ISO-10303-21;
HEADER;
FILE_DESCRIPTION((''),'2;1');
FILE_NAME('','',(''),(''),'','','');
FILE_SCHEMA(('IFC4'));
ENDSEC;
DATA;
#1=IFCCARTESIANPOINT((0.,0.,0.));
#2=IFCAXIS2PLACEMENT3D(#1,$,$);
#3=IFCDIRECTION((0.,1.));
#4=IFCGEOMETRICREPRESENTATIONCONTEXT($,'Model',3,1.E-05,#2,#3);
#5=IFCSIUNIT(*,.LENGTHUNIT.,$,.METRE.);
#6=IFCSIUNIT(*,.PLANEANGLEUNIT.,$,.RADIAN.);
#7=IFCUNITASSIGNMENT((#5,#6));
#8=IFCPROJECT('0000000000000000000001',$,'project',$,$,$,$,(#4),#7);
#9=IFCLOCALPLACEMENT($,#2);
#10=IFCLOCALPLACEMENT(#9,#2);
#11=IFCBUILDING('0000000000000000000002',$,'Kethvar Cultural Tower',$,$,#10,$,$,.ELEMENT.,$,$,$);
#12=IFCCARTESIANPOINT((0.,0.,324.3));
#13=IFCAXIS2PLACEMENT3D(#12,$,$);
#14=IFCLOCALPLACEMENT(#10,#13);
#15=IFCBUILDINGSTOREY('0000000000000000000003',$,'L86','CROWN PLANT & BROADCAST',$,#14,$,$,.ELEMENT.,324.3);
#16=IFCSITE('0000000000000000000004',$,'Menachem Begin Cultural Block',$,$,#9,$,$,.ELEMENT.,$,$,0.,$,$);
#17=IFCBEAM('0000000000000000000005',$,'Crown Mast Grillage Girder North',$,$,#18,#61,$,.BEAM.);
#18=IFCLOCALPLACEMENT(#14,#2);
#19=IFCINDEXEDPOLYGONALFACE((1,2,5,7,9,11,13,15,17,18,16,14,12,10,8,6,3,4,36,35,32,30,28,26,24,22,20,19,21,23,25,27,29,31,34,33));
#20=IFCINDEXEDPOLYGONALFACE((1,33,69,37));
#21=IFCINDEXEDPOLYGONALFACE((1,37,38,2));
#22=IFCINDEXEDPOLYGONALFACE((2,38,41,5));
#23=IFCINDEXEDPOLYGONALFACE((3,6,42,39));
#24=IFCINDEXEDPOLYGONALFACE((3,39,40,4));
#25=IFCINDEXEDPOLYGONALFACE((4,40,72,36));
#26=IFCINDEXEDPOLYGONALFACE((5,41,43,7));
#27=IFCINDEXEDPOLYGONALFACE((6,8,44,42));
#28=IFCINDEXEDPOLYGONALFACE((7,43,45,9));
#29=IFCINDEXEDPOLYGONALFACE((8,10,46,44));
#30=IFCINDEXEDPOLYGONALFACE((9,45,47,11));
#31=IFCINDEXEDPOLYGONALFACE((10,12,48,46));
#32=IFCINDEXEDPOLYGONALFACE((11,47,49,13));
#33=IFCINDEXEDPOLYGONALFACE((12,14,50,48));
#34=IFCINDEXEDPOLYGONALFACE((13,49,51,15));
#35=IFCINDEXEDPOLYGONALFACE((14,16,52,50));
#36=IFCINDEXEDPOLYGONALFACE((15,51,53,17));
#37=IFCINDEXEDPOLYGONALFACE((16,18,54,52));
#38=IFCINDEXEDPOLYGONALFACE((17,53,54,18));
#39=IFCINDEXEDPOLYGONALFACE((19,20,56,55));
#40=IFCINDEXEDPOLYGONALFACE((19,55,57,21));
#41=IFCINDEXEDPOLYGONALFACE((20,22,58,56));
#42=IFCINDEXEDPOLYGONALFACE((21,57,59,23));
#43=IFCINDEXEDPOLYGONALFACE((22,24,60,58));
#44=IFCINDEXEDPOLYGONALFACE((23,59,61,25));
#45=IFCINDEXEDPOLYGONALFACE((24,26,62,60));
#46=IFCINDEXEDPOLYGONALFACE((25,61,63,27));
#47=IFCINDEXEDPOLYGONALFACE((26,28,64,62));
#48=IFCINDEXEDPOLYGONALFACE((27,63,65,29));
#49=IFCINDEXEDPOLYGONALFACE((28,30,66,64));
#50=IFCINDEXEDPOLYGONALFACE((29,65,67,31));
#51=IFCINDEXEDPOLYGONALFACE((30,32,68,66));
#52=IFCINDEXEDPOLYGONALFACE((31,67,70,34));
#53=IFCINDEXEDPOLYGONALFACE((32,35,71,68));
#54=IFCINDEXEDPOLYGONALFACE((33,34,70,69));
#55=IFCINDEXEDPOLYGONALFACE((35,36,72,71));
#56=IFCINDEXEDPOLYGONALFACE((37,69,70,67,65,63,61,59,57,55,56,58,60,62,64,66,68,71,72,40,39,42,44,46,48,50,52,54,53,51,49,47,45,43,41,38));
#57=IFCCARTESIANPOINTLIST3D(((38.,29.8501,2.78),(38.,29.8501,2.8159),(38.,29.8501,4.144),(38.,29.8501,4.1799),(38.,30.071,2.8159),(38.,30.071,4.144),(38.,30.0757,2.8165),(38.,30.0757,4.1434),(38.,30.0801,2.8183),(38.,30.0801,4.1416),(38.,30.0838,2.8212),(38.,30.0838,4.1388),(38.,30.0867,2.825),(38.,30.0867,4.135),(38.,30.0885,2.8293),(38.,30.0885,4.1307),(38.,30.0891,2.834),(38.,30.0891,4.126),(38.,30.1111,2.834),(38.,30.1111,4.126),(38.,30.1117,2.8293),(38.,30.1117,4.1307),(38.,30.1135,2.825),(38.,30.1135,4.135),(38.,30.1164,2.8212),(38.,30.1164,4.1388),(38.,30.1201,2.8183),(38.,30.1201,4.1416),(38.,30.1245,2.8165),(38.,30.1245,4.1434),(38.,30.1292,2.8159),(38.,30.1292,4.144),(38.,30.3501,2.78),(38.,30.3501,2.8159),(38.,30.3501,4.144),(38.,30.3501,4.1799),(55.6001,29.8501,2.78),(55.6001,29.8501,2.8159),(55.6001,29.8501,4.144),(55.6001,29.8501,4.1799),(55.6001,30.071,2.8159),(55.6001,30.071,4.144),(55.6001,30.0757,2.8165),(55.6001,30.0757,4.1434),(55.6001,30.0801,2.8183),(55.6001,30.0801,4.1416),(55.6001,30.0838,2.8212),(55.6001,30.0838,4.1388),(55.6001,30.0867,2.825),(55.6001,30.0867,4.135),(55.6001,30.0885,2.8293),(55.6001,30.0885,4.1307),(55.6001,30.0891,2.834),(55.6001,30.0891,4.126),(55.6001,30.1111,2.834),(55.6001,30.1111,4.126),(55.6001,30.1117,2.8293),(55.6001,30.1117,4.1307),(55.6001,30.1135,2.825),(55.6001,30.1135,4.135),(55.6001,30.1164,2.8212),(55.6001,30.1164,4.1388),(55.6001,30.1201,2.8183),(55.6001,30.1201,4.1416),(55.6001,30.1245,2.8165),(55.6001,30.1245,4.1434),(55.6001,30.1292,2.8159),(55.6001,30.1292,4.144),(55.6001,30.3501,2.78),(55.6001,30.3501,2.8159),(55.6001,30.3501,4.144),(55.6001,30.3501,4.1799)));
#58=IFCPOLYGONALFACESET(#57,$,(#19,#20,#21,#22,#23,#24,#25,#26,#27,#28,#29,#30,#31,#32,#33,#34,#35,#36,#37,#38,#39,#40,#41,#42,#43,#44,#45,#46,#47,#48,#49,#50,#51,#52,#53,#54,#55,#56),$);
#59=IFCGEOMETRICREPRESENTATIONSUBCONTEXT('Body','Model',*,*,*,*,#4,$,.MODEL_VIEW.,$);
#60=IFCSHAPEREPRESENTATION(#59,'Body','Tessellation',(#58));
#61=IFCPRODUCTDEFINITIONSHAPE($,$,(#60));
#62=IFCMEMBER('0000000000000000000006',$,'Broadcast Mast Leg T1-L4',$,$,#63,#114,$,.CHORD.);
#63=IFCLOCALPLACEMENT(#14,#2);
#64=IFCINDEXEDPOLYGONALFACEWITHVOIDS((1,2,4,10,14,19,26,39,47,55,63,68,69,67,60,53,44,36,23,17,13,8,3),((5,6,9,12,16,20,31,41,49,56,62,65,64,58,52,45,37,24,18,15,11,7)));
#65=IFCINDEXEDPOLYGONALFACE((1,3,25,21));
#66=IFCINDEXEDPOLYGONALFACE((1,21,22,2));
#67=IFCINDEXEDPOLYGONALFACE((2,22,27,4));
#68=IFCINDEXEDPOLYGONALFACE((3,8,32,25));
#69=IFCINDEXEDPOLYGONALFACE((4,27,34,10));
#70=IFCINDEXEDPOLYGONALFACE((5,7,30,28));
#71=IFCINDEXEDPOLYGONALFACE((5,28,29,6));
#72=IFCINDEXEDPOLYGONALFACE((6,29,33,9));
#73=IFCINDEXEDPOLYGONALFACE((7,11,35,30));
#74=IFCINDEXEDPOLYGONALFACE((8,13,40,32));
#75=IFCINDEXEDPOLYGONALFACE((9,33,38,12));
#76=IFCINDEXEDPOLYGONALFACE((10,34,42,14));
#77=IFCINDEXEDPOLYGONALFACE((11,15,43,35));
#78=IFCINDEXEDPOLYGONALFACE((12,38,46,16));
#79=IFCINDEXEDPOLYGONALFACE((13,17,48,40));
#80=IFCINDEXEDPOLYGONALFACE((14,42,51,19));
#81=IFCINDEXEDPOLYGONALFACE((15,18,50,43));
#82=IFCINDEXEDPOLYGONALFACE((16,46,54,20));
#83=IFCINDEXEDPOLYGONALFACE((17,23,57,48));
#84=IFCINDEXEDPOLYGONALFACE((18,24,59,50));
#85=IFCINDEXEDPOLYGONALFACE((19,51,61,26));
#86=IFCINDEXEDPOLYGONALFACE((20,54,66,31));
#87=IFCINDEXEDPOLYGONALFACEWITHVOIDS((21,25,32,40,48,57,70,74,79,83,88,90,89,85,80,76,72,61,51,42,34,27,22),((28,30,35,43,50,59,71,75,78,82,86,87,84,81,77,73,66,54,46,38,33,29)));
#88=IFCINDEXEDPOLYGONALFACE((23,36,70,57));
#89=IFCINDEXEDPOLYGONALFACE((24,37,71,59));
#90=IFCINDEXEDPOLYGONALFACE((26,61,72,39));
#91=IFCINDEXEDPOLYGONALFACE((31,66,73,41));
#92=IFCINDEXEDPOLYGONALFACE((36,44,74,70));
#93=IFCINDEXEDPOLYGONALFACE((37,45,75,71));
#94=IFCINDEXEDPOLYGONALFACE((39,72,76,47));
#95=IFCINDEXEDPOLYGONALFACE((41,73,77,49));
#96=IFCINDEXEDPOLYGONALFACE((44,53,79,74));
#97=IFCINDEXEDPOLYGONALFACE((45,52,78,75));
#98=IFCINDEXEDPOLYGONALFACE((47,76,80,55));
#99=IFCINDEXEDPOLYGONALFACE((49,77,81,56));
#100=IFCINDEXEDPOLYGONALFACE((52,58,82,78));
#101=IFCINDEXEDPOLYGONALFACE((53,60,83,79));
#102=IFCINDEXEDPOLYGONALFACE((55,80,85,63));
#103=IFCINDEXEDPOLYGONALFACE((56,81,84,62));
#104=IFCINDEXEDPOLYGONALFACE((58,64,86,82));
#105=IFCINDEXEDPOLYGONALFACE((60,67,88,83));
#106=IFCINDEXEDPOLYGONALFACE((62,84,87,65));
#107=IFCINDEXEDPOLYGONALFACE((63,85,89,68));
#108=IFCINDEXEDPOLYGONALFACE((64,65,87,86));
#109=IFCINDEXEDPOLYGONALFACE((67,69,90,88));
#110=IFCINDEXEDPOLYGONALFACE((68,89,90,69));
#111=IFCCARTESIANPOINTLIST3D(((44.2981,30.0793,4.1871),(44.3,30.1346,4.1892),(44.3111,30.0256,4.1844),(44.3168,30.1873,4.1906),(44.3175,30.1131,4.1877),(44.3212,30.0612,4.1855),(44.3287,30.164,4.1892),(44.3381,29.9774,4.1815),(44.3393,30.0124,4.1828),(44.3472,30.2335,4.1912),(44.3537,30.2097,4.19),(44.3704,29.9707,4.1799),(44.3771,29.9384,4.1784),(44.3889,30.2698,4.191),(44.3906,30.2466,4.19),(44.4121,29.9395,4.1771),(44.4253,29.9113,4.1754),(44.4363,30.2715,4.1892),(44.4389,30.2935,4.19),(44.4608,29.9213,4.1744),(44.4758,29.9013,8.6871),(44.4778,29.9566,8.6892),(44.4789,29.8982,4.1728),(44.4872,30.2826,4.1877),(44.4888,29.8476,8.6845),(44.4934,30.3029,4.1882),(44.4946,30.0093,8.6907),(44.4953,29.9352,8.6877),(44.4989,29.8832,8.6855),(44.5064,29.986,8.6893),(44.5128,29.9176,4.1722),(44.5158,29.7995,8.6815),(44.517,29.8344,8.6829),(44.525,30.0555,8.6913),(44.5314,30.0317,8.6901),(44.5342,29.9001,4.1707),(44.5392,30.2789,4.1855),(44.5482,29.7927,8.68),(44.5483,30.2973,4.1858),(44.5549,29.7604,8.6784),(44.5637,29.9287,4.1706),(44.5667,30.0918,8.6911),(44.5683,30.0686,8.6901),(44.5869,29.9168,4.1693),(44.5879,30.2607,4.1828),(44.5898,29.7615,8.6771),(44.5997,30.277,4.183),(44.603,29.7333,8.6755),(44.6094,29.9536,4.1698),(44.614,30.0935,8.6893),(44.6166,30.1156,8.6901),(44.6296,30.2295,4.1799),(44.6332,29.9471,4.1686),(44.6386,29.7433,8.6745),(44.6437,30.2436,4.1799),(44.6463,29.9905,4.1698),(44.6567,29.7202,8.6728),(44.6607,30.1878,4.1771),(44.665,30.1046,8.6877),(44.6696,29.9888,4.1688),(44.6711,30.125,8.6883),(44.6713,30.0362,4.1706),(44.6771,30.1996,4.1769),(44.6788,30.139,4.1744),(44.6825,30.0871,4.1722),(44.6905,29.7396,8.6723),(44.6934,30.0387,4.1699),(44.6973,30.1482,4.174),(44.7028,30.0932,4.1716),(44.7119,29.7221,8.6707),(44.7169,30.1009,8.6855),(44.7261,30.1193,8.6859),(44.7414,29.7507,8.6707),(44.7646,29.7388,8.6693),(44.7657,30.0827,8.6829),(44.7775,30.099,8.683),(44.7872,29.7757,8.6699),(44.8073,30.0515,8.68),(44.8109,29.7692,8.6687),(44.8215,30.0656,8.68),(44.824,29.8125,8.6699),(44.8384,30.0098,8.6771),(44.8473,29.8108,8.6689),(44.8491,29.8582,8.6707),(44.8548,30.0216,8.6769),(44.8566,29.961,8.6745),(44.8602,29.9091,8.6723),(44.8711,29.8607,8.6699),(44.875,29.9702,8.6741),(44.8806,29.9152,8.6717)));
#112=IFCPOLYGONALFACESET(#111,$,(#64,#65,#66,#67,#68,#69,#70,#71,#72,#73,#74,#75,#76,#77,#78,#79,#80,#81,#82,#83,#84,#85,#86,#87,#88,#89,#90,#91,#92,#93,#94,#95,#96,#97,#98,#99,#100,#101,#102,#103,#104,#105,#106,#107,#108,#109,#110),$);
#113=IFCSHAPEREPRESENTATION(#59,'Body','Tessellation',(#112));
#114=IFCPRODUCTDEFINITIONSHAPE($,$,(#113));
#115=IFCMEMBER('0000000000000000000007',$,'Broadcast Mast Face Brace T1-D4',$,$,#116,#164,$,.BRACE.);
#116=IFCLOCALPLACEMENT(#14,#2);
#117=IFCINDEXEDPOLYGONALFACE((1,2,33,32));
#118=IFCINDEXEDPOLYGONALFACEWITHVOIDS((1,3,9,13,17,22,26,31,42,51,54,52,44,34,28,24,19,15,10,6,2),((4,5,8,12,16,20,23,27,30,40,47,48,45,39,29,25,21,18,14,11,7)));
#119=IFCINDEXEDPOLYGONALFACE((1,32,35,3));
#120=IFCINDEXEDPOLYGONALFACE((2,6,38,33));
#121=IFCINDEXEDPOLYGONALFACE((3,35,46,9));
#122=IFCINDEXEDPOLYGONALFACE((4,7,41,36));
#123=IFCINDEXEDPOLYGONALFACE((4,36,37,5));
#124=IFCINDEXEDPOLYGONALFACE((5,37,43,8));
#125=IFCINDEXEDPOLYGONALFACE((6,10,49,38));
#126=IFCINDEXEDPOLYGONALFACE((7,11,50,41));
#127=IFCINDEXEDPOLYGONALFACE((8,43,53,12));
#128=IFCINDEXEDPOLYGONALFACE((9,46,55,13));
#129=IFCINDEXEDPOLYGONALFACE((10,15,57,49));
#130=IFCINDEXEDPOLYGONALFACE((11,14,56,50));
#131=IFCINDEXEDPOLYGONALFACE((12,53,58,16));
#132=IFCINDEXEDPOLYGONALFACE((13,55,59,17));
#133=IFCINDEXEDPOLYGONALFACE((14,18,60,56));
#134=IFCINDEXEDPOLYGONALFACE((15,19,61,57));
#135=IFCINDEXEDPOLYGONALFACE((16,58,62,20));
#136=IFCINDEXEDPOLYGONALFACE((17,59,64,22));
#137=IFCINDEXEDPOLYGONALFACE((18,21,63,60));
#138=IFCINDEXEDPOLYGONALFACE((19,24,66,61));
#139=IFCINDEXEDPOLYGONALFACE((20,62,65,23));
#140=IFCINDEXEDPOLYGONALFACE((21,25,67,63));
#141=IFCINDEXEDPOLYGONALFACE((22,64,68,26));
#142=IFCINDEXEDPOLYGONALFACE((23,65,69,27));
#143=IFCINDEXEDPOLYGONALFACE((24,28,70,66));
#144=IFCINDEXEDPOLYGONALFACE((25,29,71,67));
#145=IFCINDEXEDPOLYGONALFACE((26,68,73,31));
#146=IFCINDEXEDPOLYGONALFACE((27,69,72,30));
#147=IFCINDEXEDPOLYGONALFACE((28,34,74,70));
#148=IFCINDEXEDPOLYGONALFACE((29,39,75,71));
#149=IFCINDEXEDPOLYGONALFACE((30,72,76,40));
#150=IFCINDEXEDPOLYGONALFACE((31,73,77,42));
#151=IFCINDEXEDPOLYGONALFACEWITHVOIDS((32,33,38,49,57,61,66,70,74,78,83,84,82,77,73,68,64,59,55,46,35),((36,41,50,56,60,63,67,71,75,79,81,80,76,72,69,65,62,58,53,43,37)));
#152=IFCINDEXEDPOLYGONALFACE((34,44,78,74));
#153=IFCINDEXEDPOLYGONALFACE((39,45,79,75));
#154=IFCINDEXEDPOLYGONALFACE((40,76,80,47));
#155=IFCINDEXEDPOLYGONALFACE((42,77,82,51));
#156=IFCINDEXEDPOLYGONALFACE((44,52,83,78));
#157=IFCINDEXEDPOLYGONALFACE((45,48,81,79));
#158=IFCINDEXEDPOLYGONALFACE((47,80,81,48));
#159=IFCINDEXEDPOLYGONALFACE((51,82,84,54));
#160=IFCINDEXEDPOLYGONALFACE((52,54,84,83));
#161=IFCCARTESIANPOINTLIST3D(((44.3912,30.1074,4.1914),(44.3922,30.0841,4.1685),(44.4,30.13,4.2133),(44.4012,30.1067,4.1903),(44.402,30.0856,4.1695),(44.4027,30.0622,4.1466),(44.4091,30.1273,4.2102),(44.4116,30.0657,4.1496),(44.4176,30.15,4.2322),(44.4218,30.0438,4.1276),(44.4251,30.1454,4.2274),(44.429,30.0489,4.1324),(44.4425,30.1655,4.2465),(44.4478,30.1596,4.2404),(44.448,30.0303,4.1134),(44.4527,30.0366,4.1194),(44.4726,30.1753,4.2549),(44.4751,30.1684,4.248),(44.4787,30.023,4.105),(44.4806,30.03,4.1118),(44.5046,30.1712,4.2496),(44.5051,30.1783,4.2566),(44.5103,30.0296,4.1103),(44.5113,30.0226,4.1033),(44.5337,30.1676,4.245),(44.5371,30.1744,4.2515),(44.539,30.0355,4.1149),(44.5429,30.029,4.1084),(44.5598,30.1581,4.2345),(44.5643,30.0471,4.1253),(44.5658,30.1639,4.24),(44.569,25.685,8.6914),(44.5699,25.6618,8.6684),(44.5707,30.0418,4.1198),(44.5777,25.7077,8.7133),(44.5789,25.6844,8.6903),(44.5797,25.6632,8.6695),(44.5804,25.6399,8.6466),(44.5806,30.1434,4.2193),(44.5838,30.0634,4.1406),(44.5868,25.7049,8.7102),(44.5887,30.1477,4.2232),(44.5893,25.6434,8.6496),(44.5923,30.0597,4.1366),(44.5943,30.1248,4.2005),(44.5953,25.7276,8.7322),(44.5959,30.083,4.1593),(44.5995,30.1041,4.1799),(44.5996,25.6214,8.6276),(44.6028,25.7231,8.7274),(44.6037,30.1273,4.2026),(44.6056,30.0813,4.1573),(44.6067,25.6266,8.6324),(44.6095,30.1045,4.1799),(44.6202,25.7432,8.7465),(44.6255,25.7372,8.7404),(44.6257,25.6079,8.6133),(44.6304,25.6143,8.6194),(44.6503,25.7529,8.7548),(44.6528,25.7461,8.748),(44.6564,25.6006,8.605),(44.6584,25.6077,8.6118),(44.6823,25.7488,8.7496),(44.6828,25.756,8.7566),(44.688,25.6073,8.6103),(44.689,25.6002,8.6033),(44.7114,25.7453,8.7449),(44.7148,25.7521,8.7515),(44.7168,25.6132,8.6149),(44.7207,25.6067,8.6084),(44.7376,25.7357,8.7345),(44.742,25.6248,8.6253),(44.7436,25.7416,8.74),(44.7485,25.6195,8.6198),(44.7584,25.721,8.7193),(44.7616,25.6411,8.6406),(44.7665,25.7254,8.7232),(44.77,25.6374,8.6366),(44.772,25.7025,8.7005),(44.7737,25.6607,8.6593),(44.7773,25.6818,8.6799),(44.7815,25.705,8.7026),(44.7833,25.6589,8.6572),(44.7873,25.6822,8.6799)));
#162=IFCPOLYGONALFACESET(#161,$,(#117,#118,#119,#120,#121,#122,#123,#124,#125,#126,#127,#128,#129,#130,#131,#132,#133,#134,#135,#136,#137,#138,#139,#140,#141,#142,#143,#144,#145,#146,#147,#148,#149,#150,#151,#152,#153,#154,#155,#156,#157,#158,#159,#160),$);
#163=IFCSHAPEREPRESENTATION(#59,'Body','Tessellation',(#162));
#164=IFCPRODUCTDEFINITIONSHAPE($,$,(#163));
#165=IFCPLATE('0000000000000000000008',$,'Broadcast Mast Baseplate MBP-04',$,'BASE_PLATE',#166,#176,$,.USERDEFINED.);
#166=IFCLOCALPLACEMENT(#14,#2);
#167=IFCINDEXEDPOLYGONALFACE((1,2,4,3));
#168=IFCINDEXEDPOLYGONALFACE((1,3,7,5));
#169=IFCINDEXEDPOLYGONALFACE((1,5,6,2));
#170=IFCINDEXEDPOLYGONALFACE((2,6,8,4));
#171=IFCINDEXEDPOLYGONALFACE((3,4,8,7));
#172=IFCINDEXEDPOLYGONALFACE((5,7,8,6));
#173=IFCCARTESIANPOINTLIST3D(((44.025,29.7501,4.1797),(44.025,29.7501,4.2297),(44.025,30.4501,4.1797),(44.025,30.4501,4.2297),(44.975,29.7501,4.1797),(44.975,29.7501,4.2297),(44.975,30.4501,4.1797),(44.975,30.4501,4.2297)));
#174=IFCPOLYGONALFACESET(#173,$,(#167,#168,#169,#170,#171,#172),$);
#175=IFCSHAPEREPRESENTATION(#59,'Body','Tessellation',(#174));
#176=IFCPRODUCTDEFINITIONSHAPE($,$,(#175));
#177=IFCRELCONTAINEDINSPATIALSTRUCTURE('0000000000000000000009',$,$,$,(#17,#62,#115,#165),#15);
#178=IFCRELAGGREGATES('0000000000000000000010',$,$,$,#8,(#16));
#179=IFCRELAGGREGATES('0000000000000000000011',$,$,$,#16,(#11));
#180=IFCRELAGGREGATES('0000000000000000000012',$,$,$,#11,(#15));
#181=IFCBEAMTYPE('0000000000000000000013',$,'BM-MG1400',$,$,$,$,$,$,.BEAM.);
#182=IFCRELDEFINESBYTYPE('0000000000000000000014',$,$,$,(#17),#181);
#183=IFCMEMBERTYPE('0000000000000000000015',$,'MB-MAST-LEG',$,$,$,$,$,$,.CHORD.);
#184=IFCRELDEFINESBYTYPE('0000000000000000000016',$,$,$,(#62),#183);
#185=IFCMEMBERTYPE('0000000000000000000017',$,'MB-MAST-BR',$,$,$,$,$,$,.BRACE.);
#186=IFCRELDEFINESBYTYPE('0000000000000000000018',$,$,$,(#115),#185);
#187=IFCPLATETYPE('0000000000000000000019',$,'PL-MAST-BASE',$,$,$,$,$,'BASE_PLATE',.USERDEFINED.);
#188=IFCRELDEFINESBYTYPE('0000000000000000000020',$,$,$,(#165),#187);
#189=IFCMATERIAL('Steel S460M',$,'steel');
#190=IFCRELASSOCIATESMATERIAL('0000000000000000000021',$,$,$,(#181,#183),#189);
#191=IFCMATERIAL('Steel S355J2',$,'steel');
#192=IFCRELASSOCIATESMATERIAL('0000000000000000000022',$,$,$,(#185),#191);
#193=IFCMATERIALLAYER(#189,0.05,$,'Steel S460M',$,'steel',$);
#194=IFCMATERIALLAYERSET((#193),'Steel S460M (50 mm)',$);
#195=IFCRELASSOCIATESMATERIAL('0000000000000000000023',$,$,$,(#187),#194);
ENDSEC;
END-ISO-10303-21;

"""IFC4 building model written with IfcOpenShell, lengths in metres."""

from ifc_helpers import new_model, si_unit, direction, frame, origin, origin_2d, place, context, subcontext, project, spatial, rectangle, hollow_circle, i_section, extrude, source, transform, mapped, material, layer, layer_set, material_profile, profile_set, type_object, element, save


model = new_model("IFC4")

# Units and contexts
model_context = context("Model", 3, precision=1e-05, world=origin(), true_north=direction((0.0, 1.0)))
body_context = subcontext(model_context, "Body", "Model", "MODEL_VIEW")
ifc_project = project(units=[si_unit("LENGTHUNIT", "METRE"), si_unit("PLANEANGLEUNIT", "RADIAN")], contexts=[model_context])

# Site, building, storey
site_placement = place(None, origin())
site = spatial("IfcSite", under=ifc_project, at=site_placement, Name="Menachem Begin Cultural Block", CompositionType="ELEMENT", RefElevation=0.0)
building_placement = place(site_placement, origin())
building = spatial("IfcBuilding", under=site, at=building_placement, Name="Kethvar Cultural Tower", CompositionType="ELEMENT")
storey_placement = place(building_placement, frame((0.0, 0.0, 324.3)))
storey = spatial("IfcBuildingStorey", under=building, at=storey_placement, Name="L86", Description="CROWN PLANT & BROADCAST", CompositionType="ELEMENT", Elevation=324.3)

# Beam
ifc_material_1 = material(Name="Steel S460M", Category="steel")
ifc_material_profile_1 = material_profile(ifc_material_1, i_section(OverallWidth=0.5, OverallDepth=1.3999, WebThickness=0.022, FlangeThickness=0.0359, FilletRadius=0.0181, at=origin_2d()), Name="Steel S460M — PG1400x500x36x22")
ifc_profile_set_1 = profile_set([ifc_material_profile_1], Name="Steel S460M — PG1400x500x36x22")
beam_type = type_object("IfcBeamType", Name="BM-MG1400", PredefinedType="BEAM", material=ifc_profile_set_1)
shared_shape_1 = source(origin(), body_context, "Body", "SweptSolid", [
    extrude(i_section(OverallWidth=0.5, OverallDepth=1.3999, WebThickness=0.022, FlangeThickness=0.0359, FilletRadius=0.0181, at=origin_2d()), origin(), (0.0, 0.0, 1.0), 17.6001),
])
beam_placement = place(storey_placement, frame((38.0, 30.1001, 3.48), z_axis=(1.0, 0.0, 0.0), x_axis=(0.0, 1.0, 0.0)))
element("IfcBeam", 1, at=beam_placement, inside=storey, type_object=beam_type, Name="Crown Mast Grillage Girder North", PredefinedType="BEAM", context=body_context, shape_type="MappedRepresentation", body=[
    mapped(shared_shape_1, transform((0.0, 0.0, 0.0), scale=1.0)),
])

# Members
ifc_material_profile_2 = material_profile(ifc_material_1, hollow_circle(Radius=0.2031, WallThickness=0.02, at=origin_2d()), Name="Steel S460M — CHS406x20")
ifc_profile_set_2 = profile_set([ifc_material_profile_2], Name="Steel S460M — CHS406x20")
member_type_1 = type_object("IfcMemberType", Name="MB-MAST-LEG", PredefinedType="CHORD", material=ifc_profile_set_2)
shared_shape_2 = source(origin(), body_context, "Body", "SweptSolid", [
    extrude(hollow_circle(Radius=0.2031, WallThickness=0.02, at=origin_2d()), origin(), (0.0, 0.0, 1.0), 4.5071),
])
member_1_placement = place(storey_placement, frame((44.5, 30.1001, 4.1799), z_axis=(0.039435, -0.039489, 0.998442), x_axis=(0.707592, 0.706621, 0.0)))
element("IfcMember", 2, at=member_1_placement, inside=storey, type_object=member_type_1, Name="Broadcast Mast Leg T1-L4", PredefinedType="CHORD", context=body_context, shape_type="MappedRepresentation", body=[
    mapped(shared_shape_2, transform((0.0, 0.0, 0.0), scale=1.0)),
])
ifc_material_2 = material(Name="Steel S355J2", Category="steel")
ifc_material_profile_3 = material_profile(ifc_material_2, hollow_circle(Radius=0.1096, WallThickness=0.01, at=origin_2d()), Name="Steel S355J2 — CHS219x10")
ifc_profile_set_3 = profile_set([ifc_material_profile_3], Name="Steel S355J2 — CHS219x10")
member_type_2 = type_object("IfcMemberType", Name="MB-MAST-BR", PredefinedType="BRACE", material=ifc_profile_set_3)
shared_shape_3 = source(origin(), body_context, "Body", "SweptSolid", [
    extrude(hollow_circle(Radius=0.1096, WallThickness=0.01, at=origin_2d()), origin(), (0.0, 0.0, 1.0), 6.3118),
])
member_2_placement = place(storey_placement, frame((44.5, 30.1001, 4.1799), z_axis=(0.028159, -0.70065, 0.71295), x_axis=(0.999193, 0.040157, 0.0)))
element("IfcMember", 3, at=member_2_placement, inside=storey, type_object=member_type_2, Name="Broadcast Mast Face Brace T1-D4", PredefinedType="BRACE", context=body_context, shape_type="MappedRepresentation", body=[
    mapped(shared_shape_3, transform((0.0, 0.0, 0.0), scale=1.0)),
])

# Plate
ifc_layer_1 = layer(ifc_material_1, 0.05, Name="Steel S460M", Category="steel")
ifc_layer_set_1 = layer_set([ifc_layer_1], Name="Steel S460M (50 mm)")
plate_type = type_object("IfcPlateType", Name="PL-MAST-BASE", ElementType="BASE_PLATE", PredefinedType="USERDEFINED", material=ifc_layer_set_1)
shared_shape_4 = source(origin(), body_context, "Body", "SweptSolid", [
    extrude(rectangle(XDim=0.95, YDim=0.7, at=origin_2d()), origin(), (0.0, 0.0, 1.0), 0.05),
])
plate_placement = place(storey_placement, frame((44.5, 30.1001, 4.1797), z_axis=(0.0, 0.0, 1.0), x_axis=(1.0, 0.0, 0.0)))
element("IfcPlate", 4, at=plate_placement, inside=storey, type_object=plate_type, Name="Broadcast Mast Baseplate MBP-04", ObjectType="BASE_PLATE", PredefinedType="USERDEFINED", context=body_context, shape_type="MappedRepresentation", body=[
    mapped(shared_shape_4, transform((0.0, 0.0, 0.0), scale=1.0)),
])

save(model, "model.ifc")
